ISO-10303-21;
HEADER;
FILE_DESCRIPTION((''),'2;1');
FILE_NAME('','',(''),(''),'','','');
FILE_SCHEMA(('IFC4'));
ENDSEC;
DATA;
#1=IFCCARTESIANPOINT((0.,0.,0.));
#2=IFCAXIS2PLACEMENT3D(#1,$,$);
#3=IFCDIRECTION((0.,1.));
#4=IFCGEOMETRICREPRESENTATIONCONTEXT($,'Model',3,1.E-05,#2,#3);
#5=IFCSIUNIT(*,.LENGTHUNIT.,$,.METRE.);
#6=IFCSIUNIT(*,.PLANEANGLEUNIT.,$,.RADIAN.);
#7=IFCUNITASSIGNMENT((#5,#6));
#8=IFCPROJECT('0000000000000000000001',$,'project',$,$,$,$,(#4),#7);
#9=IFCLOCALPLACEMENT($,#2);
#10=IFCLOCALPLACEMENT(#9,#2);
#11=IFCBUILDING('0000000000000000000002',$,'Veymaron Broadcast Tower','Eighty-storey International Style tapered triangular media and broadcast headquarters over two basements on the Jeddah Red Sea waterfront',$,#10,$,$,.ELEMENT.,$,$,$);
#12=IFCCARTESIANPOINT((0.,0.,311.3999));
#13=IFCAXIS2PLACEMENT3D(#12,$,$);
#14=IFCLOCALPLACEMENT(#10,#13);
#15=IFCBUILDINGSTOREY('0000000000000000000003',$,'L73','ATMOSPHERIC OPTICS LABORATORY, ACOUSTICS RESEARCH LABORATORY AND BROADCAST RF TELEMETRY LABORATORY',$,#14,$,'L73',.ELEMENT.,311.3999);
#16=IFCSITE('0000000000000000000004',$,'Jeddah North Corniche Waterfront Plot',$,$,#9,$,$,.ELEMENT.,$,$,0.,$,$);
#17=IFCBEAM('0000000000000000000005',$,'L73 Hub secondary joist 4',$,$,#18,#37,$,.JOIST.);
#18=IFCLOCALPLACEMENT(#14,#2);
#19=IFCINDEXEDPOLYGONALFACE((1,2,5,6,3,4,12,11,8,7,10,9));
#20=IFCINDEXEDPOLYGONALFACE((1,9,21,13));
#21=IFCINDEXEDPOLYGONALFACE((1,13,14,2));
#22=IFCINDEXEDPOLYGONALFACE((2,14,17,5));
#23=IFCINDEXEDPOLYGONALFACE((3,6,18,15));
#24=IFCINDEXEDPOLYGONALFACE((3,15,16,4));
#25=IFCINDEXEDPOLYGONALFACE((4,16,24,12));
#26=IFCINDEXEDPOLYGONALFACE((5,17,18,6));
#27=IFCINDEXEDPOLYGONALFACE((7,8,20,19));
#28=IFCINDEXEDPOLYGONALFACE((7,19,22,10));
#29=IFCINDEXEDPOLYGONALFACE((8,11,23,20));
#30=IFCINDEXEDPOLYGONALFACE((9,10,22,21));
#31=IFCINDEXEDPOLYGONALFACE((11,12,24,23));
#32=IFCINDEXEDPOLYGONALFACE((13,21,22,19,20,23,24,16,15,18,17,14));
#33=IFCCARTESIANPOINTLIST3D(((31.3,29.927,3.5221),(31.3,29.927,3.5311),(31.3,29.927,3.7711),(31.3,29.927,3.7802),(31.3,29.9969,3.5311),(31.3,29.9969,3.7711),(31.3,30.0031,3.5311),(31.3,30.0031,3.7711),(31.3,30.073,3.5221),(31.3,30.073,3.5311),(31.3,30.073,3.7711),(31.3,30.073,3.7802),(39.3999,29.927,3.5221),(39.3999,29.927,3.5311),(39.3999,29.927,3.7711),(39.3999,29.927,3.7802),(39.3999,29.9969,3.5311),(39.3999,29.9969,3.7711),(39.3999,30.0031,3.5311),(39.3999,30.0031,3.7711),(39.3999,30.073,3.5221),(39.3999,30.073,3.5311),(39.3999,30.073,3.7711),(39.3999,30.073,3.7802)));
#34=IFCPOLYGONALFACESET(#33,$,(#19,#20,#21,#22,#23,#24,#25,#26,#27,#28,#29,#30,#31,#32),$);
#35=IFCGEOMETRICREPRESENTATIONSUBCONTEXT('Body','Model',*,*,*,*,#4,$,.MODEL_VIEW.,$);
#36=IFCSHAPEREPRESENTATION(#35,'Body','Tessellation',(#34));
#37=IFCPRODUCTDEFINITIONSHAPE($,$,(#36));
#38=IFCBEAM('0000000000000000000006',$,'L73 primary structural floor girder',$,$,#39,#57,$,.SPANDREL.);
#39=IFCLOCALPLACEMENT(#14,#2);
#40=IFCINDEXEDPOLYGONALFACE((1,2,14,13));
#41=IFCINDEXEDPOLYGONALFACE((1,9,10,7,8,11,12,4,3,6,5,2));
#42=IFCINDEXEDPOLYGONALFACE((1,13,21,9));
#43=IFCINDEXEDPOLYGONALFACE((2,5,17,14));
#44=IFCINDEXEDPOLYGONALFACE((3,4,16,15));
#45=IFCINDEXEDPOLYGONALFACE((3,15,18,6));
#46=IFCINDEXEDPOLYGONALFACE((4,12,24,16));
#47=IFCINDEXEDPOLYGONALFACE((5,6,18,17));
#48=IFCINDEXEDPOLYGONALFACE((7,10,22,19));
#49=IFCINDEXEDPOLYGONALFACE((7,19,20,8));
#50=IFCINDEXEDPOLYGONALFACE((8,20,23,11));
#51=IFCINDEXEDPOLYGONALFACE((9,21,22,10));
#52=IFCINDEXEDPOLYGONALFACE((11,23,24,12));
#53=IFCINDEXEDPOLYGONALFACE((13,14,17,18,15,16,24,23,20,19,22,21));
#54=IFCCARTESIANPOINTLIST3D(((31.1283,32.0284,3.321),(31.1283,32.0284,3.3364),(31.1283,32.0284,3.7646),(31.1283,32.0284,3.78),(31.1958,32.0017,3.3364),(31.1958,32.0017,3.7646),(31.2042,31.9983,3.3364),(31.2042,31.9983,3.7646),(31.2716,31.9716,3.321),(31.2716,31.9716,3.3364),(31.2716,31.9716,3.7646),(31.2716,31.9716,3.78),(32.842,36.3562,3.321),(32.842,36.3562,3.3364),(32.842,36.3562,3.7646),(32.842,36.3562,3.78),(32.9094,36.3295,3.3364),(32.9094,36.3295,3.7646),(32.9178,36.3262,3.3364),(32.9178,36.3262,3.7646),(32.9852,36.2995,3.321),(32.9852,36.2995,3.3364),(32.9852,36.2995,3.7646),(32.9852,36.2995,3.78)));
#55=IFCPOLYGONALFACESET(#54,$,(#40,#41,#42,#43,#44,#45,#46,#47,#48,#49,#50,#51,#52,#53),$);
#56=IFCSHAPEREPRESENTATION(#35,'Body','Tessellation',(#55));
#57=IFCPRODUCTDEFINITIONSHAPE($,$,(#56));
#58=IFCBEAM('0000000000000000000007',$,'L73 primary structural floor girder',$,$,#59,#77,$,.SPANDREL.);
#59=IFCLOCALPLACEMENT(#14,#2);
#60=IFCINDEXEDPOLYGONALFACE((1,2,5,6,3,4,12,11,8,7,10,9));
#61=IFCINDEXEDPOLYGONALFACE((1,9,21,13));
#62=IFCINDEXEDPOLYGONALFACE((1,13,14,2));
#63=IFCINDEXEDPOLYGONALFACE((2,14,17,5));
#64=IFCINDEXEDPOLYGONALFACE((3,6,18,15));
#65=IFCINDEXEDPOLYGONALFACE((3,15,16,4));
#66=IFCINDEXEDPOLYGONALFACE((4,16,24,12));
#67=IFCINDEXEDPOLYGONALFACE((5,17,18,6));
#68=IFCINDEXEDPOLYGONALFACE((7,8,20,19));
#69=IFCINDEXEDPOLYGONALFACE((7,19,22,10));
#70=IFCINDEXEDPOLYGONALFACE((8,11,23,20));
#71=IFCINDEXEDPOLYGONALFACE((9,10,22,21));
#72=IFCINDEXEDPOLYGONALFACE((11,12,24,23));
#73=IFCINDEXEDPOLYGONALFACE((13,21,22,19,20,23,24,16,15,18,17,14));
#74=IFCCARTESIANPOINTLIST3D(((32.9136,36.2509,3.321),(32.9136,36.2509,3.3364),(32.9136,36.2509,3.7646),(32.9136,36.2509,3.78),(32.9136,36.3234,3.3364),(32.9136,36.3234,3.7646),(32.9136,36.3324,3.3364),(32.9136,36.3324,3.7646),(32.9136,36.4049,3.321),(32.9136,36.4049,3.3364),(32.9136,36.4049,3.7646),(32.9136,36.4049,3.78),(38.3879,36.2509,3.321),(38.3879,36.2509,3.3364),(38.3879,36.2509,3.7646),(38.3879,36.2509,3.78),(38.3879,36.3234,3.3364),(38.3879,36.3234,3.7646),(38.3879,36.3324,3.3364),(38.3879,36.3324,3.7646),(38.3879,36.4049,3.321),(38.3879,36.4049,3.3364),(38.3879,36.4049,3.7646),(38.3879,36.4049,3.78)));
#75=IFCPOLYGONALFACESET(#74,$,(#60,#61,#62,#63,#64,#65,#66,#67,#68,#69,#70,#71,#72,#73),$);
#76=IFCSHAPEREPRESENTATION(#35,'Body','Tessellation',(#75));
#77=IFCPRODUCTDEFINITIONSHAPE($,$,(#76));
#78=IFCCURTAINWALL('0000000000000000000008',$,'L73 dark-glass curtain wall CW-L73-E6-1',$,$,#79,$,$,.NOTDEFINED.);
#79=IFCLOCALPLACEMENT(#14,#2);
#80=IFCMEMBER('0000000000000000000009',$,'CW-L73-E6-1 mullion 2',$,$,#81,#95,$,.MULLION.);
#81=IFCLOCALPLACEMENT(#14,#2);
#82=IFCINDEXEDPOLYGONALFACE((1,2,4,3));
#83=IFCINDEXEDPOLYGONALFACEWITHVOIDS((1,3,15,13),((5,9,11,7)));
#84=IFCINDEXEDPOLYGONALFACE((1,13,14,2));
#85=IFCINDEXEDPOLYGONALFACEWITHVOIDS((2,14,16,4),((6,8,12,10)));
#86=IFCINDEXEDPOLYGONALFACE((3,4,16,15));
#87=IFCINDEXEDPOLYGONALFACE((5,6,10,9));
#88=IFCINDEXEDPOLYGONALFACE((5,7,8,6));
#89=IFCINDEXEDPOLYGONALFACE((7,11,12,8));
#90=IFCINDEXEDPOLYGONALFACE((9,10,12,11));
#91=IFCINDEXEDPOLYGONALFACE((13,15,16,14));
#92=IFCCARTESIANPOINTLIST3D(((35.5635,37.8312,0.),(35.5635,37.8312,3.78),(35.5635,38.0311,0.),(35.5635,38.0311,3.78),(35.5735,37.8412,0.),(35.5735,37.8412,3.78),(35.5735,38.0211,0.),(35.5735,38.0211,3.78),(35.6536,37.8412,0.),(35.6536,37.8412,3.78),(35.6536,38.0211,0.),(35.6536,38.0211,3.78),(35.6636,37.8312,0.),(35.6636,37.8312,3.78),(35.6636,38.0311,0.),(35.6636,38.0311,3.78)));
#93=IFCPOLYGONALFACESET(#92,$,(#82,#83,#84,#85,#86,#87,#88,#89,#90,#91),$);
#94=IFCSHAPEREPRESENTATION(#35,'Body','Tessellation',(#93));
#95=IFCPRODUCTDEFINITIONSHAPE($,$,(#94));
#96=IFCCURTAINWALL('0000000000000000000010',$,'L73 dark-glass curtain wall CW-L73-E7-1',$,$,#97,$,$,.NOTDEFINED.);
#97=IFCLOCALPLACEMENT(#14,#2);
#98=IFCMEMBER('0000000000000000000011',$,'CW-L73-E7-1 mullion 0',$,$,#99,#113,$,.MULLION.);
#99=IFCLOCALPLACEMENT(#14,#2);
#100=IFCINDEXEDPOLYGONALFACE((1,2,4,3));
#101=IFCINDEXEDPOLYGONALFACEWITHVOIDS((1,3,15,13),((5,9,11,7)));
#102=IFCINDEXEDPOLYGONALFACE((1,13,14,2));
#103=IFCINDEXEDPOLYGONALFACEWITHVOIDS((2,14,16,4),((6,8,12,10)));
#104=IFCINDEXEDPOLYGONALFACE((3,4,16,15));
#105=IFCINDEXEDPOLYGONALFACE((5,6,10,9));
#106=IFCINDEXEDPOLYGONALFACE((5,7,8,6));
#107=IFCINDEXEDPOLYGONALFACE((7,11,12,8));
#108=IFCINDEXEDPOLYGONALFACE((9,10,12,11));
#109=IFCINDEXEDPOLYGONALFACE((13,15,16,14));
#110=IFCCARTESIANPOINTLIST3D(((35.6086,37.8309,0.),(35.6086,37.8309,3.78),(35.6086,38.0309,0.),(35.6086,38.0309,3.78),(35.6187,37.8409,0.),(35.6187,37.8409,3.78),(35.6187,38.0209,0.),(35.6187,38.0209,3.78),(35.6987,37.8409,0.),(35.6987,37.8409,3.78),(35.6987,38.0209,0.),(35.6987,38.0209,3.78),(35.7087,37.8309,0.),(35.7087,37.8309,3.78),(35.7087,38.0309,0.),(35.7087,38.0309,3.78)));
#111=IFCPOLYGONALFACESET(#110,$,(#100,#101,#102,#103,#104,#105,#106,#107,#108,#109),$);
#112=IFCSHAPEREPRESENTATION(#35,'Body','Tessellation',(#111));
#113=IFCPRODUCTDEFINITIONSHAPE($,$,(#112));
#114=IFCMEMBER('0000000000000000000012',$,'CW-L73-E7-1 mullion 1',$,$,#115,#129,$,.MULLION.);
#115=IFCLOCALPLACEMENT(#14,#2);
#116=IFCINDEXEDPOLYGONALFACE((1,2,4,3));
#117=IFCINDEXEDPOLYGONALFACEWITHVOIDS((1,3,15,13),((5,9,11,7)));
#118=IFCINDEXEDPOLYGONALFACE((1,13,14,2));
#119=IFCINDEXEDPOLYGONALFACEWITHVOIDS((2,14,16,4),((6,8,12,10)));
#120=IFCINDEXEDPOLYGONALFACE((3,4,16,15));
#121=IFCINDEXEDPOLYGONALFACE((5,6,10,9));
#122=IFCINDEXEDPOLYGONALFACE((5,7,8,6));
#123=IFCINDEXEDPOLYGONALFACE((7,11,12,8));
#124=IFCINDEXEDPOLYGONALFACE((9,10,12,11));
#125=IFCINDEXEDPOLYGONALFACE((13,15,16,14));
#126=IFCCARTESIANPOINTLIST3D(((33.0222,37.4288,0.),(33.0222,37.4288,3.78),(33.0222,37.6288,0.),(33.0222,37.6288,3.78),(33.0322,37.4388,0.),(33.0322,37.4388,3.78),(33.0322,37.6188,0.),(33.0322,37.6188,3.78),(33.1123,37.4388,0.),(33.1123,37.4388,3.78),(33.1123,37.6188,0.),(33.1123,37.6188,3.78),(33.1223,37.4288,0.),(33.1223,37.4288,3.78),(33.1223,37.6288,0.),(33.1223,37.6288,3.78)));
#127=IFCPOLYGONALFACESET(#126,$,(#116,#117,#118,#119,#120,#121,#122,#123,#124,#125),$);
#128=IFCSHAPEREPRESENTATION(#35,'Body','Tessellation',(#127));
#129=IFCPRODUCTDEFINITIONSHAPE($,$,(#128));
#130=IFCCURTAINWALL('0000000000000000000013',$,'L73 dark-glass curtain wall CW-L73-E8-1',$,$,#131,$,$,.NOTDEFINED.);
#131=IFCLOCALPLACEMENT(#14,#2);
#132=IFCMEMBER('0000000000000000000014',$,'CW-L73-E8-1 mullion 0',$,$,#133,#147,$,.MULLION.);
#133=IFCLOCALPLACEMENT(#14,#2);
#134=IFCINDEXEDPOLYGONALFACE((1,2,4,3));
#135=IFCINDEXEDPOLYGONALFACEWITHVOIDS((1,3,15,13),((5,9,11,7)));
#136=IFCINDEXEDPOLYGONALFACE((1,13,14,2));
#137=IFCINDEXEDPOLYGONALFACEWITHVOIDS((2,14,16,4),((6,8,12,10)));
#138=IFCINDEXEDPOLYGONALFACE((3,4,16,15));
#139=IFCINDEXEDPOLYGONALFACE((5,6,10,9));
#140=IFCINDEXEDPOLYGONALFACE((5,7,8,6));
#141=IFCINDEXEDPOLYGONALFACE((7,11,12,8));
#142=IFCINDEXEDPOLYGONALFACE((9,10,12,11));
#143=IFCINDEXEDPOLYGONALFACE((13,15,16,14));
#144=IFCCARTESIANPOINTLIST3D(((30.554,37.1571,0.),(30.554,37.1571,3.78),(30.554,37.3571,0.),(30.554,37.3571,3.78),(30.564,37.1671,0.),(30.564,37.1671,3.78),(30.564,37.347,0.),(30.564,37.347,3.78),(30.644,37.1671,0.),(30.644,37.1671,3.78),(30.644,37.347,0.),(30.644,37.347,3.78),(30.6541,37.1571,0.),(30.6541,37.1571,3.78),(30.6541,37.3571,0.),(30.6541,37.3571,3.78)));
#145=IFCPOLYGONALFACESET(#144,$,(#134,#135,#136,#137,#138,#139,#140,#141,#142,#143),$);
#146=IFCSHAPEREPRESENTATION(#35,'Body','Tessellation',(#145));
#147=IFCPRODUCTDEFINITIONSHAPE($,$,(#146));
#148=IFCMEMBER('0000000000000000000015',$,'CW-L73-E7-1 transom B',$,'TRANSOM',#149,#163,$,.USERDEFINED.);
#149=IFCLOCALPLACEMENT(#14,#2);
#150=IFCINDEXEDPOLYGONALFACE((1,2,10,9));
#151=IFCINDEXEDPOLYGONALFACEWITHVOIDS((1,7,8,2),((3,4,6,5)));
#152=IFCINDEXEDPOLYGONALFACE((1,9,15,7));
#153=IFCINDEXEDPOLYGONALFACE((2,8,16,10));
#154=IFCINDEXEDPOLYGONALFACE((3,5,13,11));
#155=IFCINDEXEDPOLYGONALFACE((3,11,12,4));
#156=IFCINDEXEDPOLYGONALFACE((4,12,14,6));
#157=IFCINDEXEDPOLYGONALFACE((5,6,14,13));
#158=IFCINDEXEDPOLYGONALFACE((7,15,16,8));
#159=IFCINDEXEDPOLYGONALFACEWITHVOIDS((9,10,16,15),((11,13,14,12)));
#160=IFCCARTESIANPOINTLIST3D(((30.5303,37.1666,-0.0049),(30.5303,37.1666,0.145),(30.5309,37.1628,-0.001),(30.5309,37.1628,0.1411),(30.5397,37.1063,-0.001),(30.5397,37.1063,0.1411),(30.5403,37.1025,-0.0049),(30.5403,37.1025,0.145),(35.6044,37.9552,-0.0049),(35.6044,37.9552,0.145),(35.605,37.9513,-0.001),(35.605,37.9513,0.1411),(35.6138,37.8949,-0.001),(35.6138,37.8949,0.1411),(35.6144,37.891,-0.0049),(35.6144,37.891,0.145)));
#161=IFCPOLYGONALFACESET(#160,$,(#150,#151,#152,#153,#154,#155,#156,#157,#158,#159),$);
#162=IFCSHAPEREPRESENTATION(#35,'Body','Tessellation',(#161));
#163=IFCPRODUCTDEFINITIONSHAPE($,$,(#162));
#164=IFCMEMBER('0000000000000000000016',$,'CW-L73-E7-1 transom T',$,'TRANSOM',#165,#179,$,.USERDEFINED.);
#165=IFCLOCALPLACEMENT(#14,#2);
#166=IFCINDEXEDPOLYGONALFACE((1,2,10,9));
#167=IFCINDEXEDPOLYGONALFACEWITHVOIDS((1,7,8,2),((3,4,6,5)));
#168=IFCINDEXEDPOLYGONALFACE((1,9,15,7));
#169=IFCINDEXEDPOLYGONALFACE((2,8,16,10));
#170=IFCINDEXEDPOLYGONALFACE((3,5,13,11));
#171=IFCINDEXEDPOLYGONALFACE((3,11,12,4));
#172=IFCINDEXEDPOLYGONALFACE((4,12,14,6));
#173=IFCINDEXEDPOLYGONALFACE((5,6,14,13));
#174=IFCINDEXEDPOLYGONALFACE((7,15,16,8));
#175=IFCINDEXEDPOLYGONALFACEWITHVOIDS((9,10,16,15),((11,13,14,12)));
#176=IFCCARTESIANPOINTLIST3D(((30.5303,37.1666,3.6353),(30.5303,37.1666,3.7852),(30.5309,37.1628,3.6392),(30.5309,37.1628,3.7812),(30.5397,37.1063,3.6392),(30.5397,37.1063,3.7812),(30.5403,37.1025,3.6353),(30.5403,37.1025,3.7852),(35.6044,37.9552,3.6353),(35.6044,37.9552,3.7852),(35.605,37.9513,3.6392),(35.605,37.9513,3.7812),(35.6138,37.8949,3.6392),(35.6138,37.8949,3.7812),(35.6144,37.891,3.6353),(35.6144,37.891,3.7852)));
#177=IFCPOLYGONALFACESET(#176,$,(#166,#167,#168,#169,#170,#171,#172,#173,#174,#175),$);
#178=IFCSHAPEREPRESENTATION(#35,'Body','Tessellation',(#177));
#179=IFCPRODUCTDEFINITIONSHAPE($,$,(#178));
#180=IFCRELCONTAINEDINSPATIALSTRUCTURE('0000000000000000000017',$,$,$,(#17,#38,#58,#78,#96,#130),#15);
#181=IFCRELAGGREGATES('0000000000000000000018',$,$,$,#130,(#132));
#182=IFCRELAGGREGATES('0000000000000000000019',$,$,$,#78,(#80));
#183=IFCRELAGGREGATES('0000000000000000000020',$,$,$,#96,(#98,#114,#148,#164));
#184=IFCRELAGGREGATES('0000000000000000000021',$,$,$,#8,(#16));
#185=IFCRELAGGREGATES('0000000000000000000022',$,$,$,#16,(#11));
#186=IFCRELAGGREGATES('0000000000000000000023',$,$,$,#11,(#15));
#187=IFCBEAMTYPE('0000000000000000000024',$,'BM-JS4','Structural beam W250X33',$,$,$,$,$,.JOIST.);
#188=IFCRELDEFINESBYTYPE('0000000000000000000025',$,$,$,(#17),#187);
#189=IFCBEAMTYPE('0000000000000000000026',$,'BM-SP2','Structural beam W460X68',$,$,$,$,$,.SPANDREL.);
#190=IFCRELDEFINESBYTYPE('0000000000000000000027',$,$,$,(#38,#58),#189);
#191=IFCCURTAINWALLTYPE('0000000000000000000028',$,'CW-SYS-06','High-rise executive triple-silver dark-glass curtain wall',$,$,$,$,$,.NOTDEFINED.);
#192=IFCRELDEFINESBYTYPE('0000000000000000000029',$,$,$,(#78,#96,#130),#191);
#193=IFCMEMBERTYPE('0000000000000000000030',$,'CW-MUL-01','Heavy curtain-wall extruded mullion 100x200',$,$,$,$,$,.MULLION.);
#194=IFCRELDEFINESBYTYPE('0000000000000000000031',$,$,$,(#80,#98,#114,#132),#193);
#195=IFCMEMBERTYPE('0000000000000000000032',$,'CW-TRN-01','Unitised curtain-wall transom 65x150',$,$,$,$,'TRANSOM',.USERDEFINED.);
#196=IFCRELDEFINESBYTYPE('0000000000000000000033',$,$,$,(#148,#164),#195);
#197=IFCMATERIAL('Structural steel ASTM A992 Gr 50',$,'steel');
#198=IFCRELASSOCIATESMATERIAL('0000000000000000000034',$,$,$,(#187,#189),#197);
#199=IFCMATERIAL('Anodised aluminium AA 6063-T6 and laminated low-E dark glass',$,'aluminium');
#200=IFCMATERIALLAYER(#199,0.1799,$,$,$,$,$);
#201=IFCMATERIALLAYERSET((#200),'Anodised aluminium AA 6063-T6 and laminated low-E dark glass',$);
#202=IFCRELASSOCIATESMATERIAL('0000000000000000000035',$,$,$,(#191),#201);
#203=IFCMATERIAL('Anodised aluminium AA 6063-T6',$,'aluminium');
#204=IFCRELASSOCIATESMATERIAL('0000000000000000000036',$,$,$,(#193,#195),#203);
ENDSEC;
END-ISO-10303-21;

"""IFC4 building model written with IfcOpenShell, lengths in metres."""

from ifc_helpers import new_model, si_unit, direction, frame, origin, origin_2d, place, context, subcontext, project, spatial, hollow_rectangle, i_section, extrude, material, layer, layer_set, material_profile, profile_set, type_object, element, aggregate, save


model = new_model("IFC4")

# Units and contexts
model_context = context("Model", 3, precision=1e-05, world=origin(), true_north=direction((0.0, 1.0)))
body_context = subcontext(model_context, "Body", "Model", "MODEL_VIEW")
ifc_project = project(units=[si_unit("LENGTHUNIT", "METRE"), si_unit("PLANEANGLEUNIT", "RADIAN")], contexts=[model_context])

# Site, building, storey
site_placement = place(None, origin())
site = spatial("IfcSite", under=ifc_project, at=site_placement, Name="Jeddah North Corniche Waterfront Plot", CompositionType="ELEMENT", RefElevation=0.0)
building_placement = place(site_placement, origin())
building = spatial("IfcBuilding", under=site, at=building_placement, Name="Veymaron Broadcast Tower", Description="Eighty-storey International Style tapered triangular media and broadcast headquarters over two basements on the Jeddah Red Sea waterfront", CompositionType="ELEMENT")
storey_placement = place(building_placement, frame((0.0, 0.0, 311.3999)))
storey = spatial("IfcBuildingStorey", under=building, at=storey_placement, Name="L73", Description="ATMOSPHERIC OPTICS LABORATORY, ACOUSTICS RESEARCH LABORATORY AND BROADCAST RF TELEMETRY LABORATORY", LongName="L73", CompositionType="ELEMENT", Elevation=311.3999)

# Shared definitions
ifc_material_1 = material(Name="Structural steel ASTM A992 Gr 50", Category="steel")

# Beams
ifc_material_profile_1 = material_profile(ifc_material_1, i_section(OverallWidth=0.146, OverallDepth=0.2581, WebThickness=0.0061, FlangeThickness=0.009, at=origin_2d()), Name="W250X33")
ifc_profile_set_1 = profile_set([ifc_material_profile_1], Name="Structural steel ASTM A992 Gr 50")
beam_type_1 = type_object("IfcBeamType", Name="BM-JS4", Description="Structural beam W250X33", PredefinedType="JOIST", material=ifc_profile_set_1)
for number, where, z_axis, x_axis, name in (
    (1, (31.3, 30.0, 3.6511), (1.0, 0.0, 0.0), (0.0, 1.0, 0.0), "L73 Hub secondary joist 4"),
):
    element("IfcBeam", number, at=place(storey_placement, frame(where, z_axis=z_axis, x_axis=x_axis)), inside=storey, type_object=beam_type_1, Name=name, PredefinedType="JOIST", context=body_context, shape_type="SweptSolid", body=[
        extrude(i_section(OverallWidth=0.146, OverallDepth=0.2581, WebThickness=0.0061, FlangeThickness=0.009, at=origin_2d()), origin(), (0.0, 0.0, 1.0), 8.0999),
    ])
ifc_material_profile_2 = material_profile(ifc_material_1, i_section(OverallWidth=0.1541, OverallDepth=0.459, WebThickness=0.009, FlangeThickness=0.0154, at=origin_2d()), Name="W460X68")
ifc_profile_set_2 = profile_set([ifc_material_profile_2], Name="Structural steel ASTM A992 Gr 50")
beam_type_2 = type_object("IfcBeamType", Name="BM-SP2", Description="Structural beam W460X68", PredefinedType="SPANDREL", material=ifc_profile_set_2)
beam_1_placement = place(storey_placement, frame((31.2, 32.0, 3.5505), z_axis=(0.368142, 0.92977, 0.0), x_axis=(-0.92977, 0.368142, 0.0)))
element("IfcBeam", 2, at=beam_1_placement, inside=storey, type_object=beam_type_2, Name="L73 primary structural floor girder", PredefinedType="SPANDREL", context=body_context, shape_type="SweptSolid", body=[
    extrude(i_section(OverallWidth=0.1541, OverallDepth=0.459, WebThickness=0.009, FlangeThickness=0.0154, at=origin_2d()), origin(), (0.0, 0.0, 1.0), 4.6548),
])
beam_2_placement = place(storey_placement, frame((32.9136, 36.3279, 3.5505), z_axis=(1.0, 0.0, 0.0), x_axis=(0.0, 1.0, 0.0)))
element("IfcBeam", 3, at=beam_2_placement, inside=storey, type_object=beam_type_2, Name="L73 primary structural floor girder", PredefinedType="SPANDREL", context=body_context, shape_type="SweptSolid", body=[
    extrude(i_section(OverallWidth=0.1541, OverallDepth=0.459, WebThickness=0.009, FlangeThickness=0.0154, at=origin_2d()), origin(), (0.0, 0.0, 1.0), 5.4744),
])

# Curtain wall, member
ifc_material_2 = material(Name="Anodised aluminium AA 6063-T6 and laminated low-E dark glass", Category="aluminium")
ifc_layer_1 = layer(ifc_material_2, 0.1799)
ifc_layer_set_1 = layer_set([ifc_layer_1], Name="Anodised aluminium AA 6063-T6 and laminated low-E dark glass")
curtain_wall_type = type_object("IfcCurtainWallType", Name="CW-SYS-06", Description="High-rise executive triple-silver dark-glass curtain wall", PredefinedType="NOTDEFINED", material=ifc_layer_set_1)
curtain_wall_1_placement = place(storey_placement, origin())
curtain_wall_1 = element("IfcCurtainWall", 4, at=curtain_wall_1_placement, inside=storey, type_object=curtain_wall_type, Name="L73 dark-glass curtain wall CW-L73-E6-1", PredefinedType="NOTDEFINED")
ifc_material_3 = material(Name="Anodised aluminium AA 6063-T6", Category="aluminium")
ifc_material_profile_3 = material_profile(ifc_material_3, hollow_rectangle(XDim=0.1001, YDim=0.2, WallThickness=0.01, at=origin_2d()), Name="RHS200X100X10")
ifc_profile_set_3 = profile_set([ifc_material_profile_3], Name="Anodised aluminium AA 6063-T6")
member_type_1 = type_object("IfcMemberType", Name="CW-MUL-01", Description="Heavy curtain-wall extruded mullion 100x200", PredefinedType="MULLION", material=ifc_profile_set_3)
member_1_placement = place(storey_placement, frame((35.6135, 37.9312, 0.0), z_axis=(0.0, 0.0, 1.0), x_axis=(1.0, 0.0, 0.0)))
member_1 = element("IfcMember", 5, at=member_1_placement, type_object=member_type_1, Name="CW-L73-E6-1 mullion 2", PredefinedType="MULLION", context=body_context, shape_type="SweptSolid", body=[
    extrude(hollow_rectangle(XDim=0.1001, YDim=0.2, WallThickness=0.01, at=origin_2d()), origin(), (0.0, 0.0, 1.0), 3.78),
])

# Curtain wall, members
curtain_wall_2_placement = place(storey_placement, origin())
curtain_wall_2 = element("IfcCurtainWall", 6, at=curtain_wall_2_placement, inside=storey, type_object=curtain_wall_type, Name="L73 dark-glass curtain wall CW-L73-E7-1", PredefinedType="NOTDEFINED")
member_2_placement = place(storey_placement, frame((35.6587, 37.9309, 0.0), z_axis=(0.0, 0.0, 1.0), x_axis=(1.0, 0.0, 0.0)))
member_2 = element("IfcMember", 7, at=member_2_placement, type_object=member_type_1, Name="CW-L73-E7-1 mullion 0", PredefinedType="MULLION", context=body_context, shape_type="SweptSolid", body=[
    extrude(hollow_rectangle(XDim=0.1001, YDim=0.2, WallThickness=0.01, at=origin_2d()), origin(), (0.0, 0.0, 1.0), 3.78),
])
member_3_placement = place(storey_placement, frame((33.0723, 37.5288, 0.0), z_axis=(0.0, 0.0, 1.0), x_axis=(1.0, 0.0, 0.0)))
member_3 = element("IfcMember", 8, at=member_3_placement, type_object=member_type_1, Name="CW-L73-E7-1 mullion 1", PredefinedType="MULLION", context=body_context, shape_type="SweptSolid", body=[
    extrude(hollow_rectangle(XDim=0.1001, YDim=0.2, WallThickness=0.01, at=origin_2d()), origin(), (0.0, 0.0, 1.0), 3.78),
])

# Curtain wall, member
curtain_wall_3_placement = place(storey_placement, origin())
curtain_wall_3 = element("IfcCurtainWall", 9, at=curtain_wall_3_placement, inside=storey, type_object=curtain_wall_type, Name="L73 dark-glass curtain wall CW-L73-E8-1", PredefinedType="NOTDEFINED")
member_4_placement = place(storey_placement, frame((30.604, 37.2571, 0.0), z_axis=(0.0, 0.0, 1.0), x_axis=(1.0, 0.0, 0.0)))
member_4 = element("IfcMember", 10, at=member_4_placement, type_object=member_type_1, Name="CW-L73-E8-1 mullion 0", PredefinedType="MULLION", context=body_context, shape_type="SweptSolid", body=[
    extrude(hollow_rectangle(XDim=0.1001, YDim=0.2, WallThickness=0.01, at=origin_2d()), origin(), (0.0, 0.0, 1.0), 3.78),
])

# Members
ifc_material_profile_4 = material_profile(ifc_material_3, hollow_rectangle(XDim=0.0649, YDim=0.1499, WallThickness=0.0039, at=origin_2d()), Name="AL150X65X4")
ifc_profile_set_4 = profile_set([ifc_material_profile_4], Name="Anodised aluminium AA 6063-T6")
member_type_2 = type_object("IfcMemberType", Name="CW-TRN-01", Description="Unitised curtain-wall transom 65x150", ElementType="TRANSOM", PredefinedType="USERDEFINED", material=ifc_profile_set_4)
member_5_placement = place(storey_placement, frame((35.6094, 37.9231, 0.0701), z_axis=(-0.988139, -0.153565, 0.0), x_axis=(0.153565, -0.988139, 0.0)))
member_5 = element("IfcMember", 11, at=member_5_placement, type_object=member_type_2, Name="CW-L73-E7-1 transom B", ObjectType="TRANSOM", PredefinedType="USERDEFINED", context=body_context, shape_type="SweptSolid", body=[
    extrude(hollow_rectangle(XDim=0.0649, YDim=0.1499, WallThickness=0.0039, at=origin_2d()), origin(), (0.0, 0.0, 1.0), 5.135),
])
member_6_placement = place(storey_placement, frame((35.6094, 37.9231, 3.7102), z_axis=(-0.988139, -0.153565, 0.0), x_axis=(0.153565, -0.988139, 0.0)))
member_6 = element("IfcMember", 12, at=member_6_placement, type_object=member_type_2, Name="CW-L73-E7-1 transom T", ObjectType="TRANSOM", PredefinedType="USERDEFINED", context=body_context, shape_type="SweptSolid", body=[
    extrude(hollow_rectangle(XDim=0.0649, YDim=0.1499, WallThickness=0.0039, at=origin_2d()), origin(), (0.0, 0.0, 1.0), 5.135),
])
aggregate(curtain_wall_3, [member_4])

aggregate(curtain_wall_1, [member_1])
aggregate(curtain_wall_2, [member_2, member_3, member_5, member_6])

save(model, "model.ifc")
